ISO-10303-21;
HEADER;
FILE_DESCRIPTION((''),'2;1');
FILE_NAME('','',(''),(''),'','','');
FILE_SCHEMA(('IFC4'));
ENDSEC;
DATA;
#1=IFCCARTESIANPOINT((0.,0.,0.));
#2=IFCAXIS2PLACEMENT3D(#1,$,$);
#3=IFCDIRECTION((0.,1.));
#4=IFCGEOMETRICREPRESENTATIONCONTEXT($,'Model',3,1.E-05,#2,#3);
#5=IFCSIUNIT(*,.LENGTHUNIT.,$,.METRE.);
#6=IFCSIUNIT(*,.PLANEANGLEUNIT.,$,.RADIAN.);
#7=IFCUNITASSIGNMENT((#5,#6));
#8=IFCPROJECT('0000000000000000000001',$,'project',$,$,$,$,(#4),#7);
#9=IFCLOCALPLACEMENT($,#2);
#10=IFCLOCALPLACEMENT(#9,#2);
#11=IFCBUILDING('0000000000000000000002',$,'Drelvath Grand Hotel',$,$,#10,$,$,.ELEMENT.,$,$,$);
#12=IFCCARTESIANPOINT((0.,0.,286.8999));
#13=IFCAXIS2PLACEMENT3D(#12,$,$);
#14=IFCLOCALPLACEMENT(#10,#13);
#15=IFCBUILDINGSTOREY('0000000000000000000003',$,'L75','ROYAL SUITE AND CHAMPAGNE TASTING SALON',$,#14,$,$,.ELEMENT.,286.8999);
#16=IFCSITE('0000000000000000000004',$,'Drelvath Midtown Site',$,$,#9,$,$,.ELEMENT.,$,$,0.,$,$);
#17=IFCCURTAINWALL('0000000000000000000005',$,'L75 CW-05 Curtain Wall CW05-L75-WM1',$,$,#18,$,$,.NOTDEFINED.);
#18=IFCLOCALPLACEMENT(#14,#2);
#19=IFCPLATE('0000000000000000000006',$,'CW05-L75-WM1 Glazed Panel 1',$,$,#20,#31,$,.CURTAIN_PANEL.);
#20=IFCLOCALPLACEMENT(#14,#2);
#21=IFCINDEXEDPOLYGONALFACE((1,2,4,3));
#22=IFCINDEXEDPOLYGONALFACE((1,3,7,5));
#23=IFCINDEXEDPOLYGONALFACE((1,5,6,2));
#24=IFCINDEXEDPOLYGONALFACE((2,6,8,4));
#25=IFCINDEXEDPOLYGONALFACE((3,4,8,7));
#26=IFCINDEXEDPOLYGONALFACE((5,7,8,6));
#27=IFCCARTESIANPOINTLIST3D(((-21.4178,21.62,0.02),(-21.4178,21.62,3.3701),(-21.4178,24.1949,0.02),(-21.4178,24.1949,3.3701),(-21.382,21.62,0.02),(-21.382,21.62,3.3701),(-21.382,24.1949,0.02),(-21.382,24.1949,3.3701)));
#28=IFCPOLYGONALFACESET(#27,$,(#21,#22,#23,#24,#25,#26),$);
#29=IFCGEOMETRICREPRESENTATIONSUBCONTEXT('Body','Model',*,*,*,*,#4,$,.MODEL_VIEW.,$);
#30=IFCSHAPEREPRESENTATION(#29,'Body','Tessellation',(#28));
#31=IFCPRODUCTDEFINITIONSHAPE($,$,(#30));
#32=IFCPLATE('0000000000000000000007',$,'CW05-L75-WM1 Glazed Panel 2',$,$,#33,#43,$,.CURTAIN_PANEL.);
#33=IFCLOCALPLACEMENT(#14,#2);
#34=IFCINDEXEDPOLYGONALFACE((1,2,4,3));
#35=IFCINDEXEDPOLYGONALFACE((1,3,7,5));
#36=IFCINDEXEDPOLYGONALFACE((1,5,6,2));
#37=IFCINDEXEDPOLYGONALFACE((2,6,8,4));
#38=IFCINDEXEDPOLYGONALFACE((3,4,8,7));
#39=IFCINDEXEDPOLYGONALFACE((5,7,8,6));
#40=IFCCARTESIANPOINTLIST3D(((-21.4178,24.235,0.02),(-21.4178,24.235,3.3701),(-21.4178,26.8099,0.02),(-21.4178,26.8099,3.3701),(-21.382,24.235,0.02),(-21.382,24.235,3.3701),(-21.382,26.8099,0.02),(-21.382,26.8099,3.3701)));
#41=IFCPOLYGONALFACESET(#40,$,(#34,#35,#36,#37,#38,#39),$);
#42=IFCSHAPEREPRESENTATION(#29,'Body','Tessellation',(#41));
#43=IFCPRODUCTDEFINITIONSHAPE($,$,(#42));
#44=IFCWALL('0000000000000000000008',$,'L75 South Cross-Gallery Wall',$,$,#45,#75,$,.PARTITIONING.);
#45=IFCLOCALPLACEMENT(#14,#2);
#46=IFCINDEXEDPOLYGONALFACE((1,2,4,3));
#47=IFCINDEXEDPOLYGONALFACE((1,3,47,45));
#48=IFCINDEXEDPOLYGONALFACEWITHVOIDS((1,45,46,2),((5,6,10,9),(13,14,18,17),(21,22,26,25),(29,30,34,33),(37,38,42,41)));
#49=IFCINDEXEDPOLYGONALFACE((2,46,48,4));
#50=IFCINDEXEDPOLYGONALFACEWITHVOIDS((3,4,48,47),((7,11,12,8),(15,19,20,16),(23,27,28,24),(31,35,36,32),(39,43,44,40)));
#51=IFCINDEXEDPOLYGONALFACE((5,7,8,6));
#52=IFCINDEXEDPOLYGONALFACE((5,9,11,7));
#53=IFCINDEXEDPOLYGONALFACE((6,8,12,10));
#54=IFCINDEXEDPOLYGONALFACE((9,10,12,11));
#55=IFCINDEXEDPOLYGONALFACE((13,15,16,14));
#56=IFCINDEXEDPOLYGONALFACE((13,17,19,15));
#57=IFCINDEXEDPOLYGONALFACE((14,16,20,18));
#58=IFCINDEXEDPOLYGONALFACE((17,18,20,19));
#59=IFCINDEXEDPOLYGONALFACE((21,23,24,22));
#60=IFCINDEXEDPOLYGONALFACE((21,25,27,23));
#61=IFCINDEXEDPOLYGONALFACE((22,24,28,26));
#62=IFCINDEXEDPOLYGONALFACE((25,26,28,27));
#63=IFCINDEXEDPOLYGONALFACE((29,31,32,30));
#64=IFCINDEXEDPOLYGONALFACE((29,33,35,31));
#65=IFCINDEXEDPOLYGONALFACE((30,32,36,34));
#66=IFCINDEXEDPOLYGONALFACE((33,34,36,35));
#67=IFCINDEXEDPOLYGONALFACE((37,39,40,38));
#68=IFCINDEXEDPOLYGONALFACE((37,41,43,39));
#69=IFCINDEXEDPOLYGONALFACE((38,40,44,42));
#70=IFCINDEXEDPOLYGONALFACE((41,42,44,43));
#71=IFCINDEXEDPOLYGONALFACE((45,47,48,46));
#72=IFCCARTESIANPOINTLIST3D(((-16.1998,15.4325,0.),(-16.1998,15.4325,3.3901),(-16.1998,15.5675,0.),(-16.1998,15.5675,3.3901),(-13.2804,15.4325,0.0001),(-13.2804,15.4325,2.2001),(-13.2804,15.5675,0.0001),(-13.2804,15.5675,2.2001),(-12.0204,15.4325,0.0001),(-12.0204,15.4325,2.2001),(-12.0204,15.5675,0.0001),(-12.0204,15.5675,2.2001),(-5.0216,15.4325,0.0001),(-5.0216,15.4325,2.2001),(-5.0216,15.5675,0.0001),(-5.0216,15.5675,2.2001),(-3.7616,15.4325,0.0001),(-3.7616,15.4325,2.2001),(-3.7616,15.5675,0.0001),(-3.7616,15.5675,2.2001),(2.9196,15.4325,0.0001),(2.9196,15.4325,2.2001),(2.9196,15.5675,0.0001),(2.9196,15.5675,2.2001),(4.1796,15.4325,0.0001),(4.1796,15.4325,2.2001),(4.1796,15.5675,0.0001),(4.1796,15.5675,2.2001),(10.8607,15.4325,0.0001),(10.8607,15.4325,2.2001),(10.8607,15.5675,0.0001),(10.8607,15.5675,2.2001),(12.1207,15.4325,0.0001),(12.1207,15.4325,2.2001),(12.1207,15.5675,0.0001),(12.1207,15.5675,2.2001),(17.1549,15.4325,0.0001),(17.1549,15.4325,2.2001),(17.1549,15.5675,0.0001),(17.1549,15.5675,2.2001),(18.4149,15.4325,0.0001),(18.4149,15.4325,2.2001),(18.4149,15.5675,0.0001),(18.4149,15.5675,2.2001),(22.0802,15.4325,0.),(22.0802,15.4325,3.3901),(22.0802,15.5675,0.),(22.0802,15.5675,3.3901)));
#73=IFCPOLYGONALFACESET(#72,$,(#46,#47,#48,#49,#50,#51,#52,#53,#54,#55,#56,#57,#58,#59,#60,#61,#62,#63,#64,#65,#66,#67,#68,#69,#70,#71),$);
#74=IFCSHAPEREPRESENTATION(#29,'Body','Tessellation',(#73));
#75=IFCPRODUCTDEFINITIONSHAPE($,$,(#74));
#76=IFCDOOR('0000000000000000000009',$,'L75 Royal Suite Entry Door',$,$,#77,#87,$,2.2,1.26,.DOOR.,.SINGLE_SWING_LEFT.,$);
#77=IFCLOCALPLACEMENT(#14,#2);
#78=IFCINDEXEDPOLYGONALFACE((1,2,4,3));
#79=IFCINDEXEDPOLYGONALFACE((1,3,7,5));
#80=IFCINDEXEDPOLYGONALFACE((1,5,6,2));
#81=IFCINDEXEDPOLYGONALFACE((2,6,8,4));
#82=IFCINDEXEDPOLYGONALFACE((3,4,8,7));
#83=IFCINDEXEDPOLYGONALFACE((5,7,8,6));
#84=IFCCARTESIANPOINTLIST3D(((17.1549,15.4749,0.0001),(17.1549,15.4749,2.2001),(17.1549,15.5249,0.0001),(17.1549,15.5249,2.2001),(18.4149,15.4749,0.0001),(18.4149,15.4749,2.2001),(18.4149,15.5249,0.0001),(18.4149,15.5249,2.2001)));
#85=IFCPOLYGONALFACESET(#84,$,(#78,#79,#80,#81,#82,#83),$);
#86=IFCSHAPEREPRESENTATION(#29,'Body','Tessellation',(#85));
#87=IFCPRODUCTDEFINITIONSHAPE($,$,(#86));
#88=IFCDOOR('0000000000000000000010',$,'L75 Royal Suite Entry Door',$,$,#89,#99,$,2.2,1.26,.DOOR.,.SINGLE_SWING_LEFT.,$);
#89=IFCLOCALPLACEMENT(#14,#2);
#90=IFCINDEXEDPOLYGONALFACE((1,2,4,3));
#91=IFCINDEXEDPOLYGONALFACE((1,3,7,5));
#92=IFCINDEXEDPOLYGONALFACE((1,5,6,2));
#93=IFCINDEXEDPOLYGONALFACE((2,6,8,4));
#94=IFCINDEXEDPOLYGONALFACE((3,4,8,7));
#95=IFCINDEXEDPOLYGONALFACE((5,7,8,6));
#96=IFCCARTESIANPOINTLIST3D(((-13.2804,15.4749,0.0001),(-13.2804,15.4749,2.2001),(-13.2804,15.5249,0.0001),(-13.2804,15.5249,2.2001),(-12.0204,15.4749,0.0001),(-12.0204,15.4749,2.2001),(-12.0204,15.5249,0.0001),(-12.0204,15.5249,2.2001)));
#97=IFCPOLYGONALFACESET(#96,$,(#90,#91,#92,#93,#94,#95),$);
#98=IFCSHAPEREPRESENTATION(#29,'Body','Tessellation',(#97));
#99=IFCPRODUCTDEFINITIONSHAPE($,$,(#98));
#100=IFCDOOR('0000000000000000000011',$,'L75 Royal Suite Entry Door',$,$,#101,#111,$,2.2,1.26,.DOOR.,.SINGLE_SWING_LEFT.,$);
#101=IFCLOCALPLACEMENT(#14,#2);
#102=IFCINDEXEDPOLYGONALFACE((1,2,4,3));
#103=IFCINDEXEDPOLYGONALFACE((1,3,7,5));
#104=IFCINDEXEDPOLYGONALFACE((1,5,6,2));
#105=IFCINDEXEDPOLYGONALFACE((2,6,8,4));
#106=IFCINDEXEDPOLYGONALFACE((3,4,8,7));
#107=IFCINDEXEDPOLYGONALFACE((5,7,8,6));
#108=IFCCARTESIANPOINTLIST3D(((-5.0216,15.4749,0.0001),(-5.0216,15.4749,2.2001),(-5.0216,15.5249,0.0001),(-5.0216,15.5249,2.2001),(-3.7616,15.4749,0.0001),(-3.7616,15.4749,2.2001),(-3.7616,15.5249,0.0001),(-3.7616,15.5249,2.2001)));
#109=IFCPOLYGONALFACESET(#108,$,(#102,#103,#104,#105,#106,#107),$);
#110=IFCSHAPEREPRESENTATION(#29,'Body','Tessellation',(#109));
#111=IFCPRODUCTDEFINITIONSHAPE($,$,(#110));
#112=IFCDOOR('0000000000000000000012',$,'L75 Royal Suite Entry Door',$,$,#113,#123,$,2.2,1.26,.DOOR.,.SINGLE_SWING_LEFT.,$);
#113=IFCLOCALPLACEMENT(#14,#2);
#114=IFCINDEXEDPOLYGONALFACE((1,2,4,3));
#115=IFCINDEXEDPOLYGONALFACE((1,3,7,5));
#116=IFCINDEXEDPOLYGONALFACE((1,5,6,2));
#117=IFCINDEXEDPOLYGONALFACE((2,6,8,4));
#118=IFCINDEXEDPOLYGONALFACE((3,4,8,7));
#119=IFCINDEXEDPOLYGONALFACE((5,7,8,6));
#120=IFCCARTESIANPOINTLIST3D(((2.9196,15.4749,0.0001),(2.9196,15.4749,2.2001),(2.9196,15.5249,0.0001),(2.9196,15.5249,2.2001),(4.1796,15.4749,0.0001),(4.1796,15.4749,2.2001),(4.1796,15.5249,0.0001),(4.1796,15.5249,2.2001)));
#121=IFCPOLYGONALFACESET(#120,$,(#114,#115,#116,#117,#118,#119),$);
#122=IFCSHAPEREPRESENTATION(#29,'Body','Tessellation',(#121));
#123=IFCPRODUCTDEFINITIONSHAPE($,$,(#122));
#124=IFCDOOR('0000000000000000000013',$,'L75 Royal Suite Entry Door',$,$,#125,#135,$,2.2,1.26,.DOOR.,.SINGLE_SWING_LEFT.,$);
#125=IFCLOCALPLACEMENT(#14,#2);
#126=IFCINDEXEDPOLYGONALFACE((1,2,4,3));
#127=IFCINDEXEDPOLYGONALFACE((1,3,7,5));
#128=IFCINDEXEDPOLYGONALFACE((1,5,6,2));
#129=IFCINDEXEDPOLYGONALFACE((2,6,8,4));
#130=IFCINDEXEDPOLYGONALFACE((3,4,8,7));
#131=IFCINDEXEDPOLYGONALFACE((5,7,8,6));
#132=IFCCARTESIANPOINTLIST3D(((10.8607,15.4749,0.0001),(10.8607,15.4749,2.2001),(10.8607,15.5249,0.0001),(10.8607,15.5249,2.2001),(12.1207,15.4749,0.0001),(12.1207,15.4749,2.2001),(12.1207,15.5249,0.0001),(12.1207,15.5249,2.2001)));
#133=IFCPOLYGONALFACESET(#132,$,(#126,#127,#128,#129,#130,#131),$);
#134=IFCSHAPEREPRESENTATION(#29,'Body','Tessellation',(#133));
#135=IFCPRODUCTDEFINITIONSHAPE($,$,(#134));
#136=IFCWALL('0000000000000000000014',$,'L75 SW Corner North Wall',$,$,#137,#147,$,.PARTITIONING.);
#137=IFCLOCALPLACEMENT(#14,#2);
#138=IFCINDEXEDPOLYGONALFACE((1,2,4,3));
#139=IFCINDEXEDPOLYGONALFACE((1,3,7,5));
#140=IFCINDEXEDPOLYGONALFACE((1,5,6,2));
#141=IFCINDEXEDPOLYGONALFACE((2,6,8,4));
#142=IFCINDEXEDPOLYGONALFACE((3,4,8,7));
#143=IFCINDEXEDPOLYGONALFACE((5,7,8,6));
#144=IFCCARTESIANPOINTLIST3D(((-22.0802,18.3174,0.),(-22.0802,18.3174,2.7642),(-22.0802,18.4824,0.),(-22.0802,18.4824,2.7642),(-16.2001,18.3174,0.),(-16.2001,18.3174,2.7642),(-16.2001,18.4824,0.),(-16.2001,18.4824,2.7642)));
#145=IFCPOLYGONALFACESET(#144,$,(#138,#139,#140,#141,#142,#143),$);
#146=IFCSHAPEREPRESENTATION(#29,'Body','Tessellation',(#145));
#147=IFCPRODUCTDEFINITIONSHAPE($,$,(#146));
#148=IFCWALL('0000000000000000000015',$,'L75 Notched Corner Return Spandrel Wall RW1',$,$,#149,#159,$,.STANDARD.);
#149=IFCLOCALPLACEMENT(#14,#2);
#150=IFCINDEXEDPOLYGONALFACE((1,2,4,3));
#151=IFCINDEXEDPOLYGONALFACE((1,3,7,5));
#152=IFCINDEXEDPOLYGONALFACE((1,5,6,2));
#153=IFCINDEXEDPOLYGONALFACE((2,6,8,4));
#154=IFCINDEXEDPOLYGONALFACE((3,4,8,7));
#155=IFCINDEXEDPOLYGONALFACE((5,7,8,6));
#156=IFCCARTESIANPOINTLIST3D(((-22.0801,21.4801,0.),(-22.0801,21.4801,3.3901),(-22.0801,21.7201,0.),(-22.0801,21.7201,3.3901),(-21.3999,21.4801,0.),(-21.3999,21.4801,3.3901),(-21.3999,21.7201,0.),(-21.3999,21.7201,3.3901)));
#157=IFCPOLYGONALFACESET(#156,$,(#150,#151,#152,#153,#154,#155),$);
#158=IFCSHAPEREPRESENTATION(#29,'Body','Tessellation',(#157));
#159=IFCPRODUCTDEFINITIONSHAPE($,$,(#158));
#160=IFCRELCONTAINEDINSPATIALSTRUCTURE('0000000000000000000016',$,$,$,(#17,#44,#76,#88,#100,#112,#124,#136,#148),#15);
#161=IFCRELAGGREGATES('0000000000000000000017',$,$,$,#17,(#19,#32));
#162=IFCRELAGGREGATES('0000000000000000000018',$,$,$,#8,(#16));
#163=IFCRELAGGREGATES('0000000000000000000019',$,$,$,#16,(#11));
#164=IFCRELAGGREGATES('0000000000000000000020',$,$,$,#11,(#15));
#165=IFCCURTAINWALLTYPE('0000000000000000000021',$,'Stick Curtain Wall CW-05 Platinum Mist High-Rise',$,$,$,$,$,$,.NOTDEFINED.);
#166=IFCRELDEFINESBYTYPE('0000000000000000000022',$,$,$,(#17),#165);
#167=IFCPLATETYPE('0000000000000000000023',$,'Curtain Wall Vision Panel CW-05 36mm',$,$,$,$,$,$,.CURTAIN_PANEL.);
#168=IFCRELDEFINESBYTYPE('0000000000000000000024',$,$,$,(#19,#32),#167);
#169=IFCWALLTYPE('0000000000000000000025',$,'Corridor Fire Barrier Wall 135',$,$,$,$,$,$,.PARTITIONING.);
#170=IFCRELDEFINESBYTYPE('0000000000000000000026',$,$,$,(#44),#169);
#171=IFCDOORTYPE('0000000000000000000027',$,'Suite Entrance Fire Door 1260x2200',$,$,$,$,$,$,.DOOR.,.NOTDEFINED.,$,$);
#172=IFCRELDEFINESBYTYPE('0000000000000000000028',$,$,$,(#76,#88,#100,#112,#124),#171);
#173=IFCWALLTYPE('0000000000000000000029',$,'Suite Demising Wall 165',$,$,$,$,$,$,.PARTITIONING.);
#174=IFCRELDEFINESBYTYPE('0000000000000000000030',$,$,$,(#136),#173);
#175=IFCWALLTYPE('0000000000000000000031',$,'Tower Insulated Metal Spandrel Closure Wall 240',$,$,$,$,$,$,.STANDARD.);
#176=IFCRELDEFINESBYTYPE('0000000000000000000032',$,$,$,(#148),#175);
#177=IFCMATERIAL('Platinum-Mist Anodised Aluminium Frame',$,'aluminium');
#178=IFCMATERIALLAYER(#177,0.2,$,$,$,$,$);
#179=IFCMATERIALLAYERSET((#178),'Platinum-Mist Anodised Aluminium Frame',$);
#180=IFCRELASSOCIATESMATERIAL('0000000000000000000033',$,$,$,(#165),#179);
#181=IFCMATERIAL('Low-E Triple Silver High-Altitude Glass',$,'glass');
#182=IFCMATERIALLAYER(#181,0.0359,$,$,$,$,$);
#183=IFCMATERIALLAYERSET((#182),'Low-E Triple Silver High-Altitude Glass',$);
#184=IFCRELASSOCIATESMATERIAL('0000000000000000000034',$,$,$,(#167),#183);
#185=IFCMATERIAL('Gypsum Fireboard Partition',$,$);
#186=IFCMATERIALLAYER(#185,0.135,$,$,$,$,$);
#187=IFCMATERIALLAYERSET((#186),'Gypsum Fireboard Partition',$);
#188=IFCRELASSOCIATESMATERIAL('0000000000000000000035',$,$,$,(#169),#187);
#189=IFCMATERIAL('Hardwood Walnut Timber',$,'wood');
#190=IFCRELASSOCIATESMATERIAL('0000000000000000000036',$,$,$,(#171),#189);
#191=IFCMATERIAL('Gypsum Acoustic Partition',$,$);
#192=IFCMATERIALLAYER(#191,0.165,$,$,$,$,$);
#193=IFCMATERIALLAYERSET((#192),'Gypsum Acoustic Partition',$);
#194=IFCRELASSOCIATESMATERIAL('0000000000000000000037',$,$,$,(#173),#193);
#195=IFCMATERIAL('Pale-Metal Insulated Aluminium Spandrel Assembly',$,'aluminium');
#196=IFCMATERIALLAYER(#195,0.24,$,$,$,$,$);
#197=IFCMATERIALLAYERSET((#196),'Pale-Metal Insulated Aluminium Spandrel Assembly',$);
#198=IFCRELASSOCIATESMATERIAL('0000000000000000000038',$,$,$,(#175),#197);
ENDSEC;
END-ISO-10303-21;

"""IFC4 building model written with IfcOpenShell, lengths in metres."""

from ifc_helpers import new_model, si_unit, direction, frame, frame_2d, origin, origin_2d, place, context, subcontext, project, spatial, rectangle, extrude, material, layer, layer_set, type_object, element, fill, aggregate, save


model = new_model("IFC4")

# Units and contexts
model_context = context("Model", 3, precision=1e-05, world=origin(), true_north=direction((0.0, 1.0)))
body_context = subcontext(model_context, "Body", "Model", "MODEL_VIEW")
ifc_project = project(units=[si_unit("LENGTHUNIT", "METRE"), si_unit("PLANEANGLEUNIT", "RADIAN")], contexts=[model_context])

# Site, building, storey
site_placement = place(None, origin())
site = spatial("IfcSite", under=ifc_project, at=site_placement, Name="Drelvath Midtown Site", CompositionType="ELEMENT", RefElevation=0.0)
building_placement = place(site_placement, origin())
building = spatial("IfcBuilding", under=site, at=building_placement, Name="Drelvath Grand Hotel", CompositionType="ELEMENT")
storey_placement = place(building_placement, frame((0.0, 0.0, 286.8999)))
storey = spatial("IfcBuildingStorey", under=building, at=storey_placement, Name="L75", Description="ROYAL SUITE AND CHAMPAGNE TASTING SALON", CompositionType="ELEMENT", Elevation=286.8999)

# Curtain wall
ifc_material_1 = material(Name="Platinum-Mist Anodised Aluminium Frame", Category="aluminium")
ifc_layer_1 = layer(ifc_material_1, 0.2)
ifc_layer_set_1 = layer_set([ifc_layer_1], Name="Platinum-Mist Anodised Aluminium Frame")
curtain_wall_type = type_object("IfcCurtainWallType", Name="Stick Curtain Wall CW-05 Platinum Mist High-Rise", PredefinedType="NOTDEFINED", material=ifc_layer_set_1)
curtain_wall_1_placement = place(storey_placement, origin())
curtain_wall_1 = element("IfcCurtainWall", 1, at=curtain_wall_1_placement, inside=storey, type_object=curtain_wall_type, Name="L75 CW-05 Curtain Wall CW05-L75-WM1", PredefinedType="NOTDEFINED")

# Plates
ifc_material_2 = material(Name="Low-E Triple Silver High-Altitude Glass", Category="glass")
ifc_layer_2 = layer(ifc_material_2, 0.0359)
ifc_layer_set_2 = layer_set([ifc_layer_2], Name="Low-E Triple Silver High-Altitude Glass")
plate_type = type_object("IfcPlateType", Name="Curtain Wall Vision Panel CW-05 36mm", PredefinedType="CURTAIN_PANEL", material=ifc_layer_set_2)
plate_1_placement = place(storey_placement, frame((-21.3999, 22.9075, 0.02), z_axis=(0.0, 0.0, 1.0), x_axis=(0.0, 1.0, 0.0)))
plate_1 = element("IfcPlate", 2, at=plate_1_placement, type_object=plate_type, Name="CW05-L75-WM1 Glazed Panel 1", PredefinedType="CURTAIN_PANEL", context=body_context, shape_type="SweptSolid", body=[
    extrude(rectangle(XDim=2.575, YDim=0.0359, at=origin_2d()), origin(), (0.0, 0.0, 1.0), 3.3501),
])
plate_2_placement = place(storey_placement, frame((-21.3999, 25.5225, 0.02), z_axis=(0.0, 0.0, 1.0), x_axis=(0.0, 1.0, 0.0)))
plate_2 = element("IfcPlate", 3, at=plate_2_placement, type_object=plate_type, Name="CW05-L75-WM1 Glazed Panel 2", PredefinedType="CURTAIN_PANEL", context=body_context, shape_type="SweptSolid", body=[
    extrude(rectangle(XDim=2.575, YDim=0.0359, at=origin_2d()), origin(), (0.0, 0.0, 1.0), 3.3501),
])
aggregate(curtain_wall_1, [plate_1, plate_2])

# Wall, openings, doors
ifc_material_3 = material(Name="Gypsum Fireboard Partition")
ifc_layer_3 = layer(ifc_material_3, 0.135)
ifc_layer_set_3 = layer_set([ifc_layer_3], Name="Gypsum Fireboard Partition")
wall_type_1 = type_object("IfcWallType", Name="Corridor Fire Barrier Wall 135", PredefinedType="PARTITIONING", material=ifc_layer_set_3)
wall_1_placement = place(storey_placement, frame((-16.2, 15.5, 0.0), z_axis=(0.0, 0.0, 1.0), x_axis=(1.0, 0.0, 0.0)))
wall_1 = element("IfcWall", 4, at=wall_1_placement, inside=storey, type_object=wall_type_1, Name="L75 South Cross-Gallery Wall", PredefinedType="PARTITIONING", context=body_context, shape_type="SweptSolid", body=[
    extrude(rectangle(XDim=38.28, YDim=0.135, at=frame_2d((19.1401, 0.0))), origin(), (0.0, 0.0, 1.0), 3.3901),
])
opening_1_placement = place(wall_1_placement, frame((33.355, 0.0, 0.0)))
opening_1 = element("IfcOpeningElement", 5, at=opening_1_placement, cuts=wall_1, PredefinedType="OPENING", context=body_context, shape_type="SweptSolid", body=[
    extrude(rectangle(XDim=1.26, YDim=2.2, at=frame_2d((0.6299, 1.1001))), frame((0.0, 0.0774, 0.0), z_axis=(0.0, -1.0, 0.0), x_axis=(1.0, 0.0, 0.0)), (0.0, 0.0, 1.0), 0.155),
])
opening_2_placement = place(wall_1_placement, frame((2.9197, 0.0, 0.0)))
opening_2 = element("IfcOpeningElement", 6, at=opening_2_placement, cuts=wall_1, PredefinedType="OPENING", context=body_context, shape_type="SweptSolid", body=[
    extrude(rectangle(XDim=1.26, YDim=2.2, at=frame_2d((0.6299, 1.1001))), frame((0.0, 0.0774, 0.0), z_axis=(0.0, -1.0, 0.0), x_axis=(1.0, 0.0, 0.0)), (0.0, 0.0, 1.0), 0.155),
])
opening_3_placement = place(wall_1_placement, frame((11.1785, 0.0, 0.0)))
opening_3 = element("IfcOpeningElement", 7, at=opening_3_placement, cuts=wall_1, PredefinedType="OPENING", context=body_context, shape_type="SweptSolid", body=[
    extrude(rectangle(XDim=1.26, YDim=2.2, at=frame_2d((0.6299, 1.1001))), frame((0.0, 0.0774, 0.0), z_axis=(0.0, -1.0, 0.0), x_axis=(1.0, 0.0, 0.0)), (0.0, 0.0, 1.0), 0.155),
])
opening_4_placement = place(wall_1_placement, frame((19.1196, 0.0, 0.0)))
opening_4 = element("IfcOpeningElement", 8, at=opening_4_placement, cuts=wall_1, PredefinedType="OPENING", context=body_context, shape_type="SweptSolid", body=[
    extrude(rectangle(XDim=1.26, YDim=2.2, at=frame_2d((0.6299, 1.1001))), frame((0.0, 0.0774, 0.0), z_axis=(0.0, -1.0, 0.0), x_axis=(1.0, 0.0, 0.0)), (0.0, 0.0, 1.0), 0.155),
])
opening_5_placement = place(wall_1_placement, frame((27.0608, 0.0, 0.0)))
opening_5 = element("IfcOpeningElement", 9, at=opening_5_placement, cuts=wall_1, PredefinedType="OPENING", context=body_context, shape_type="SweptSolid", body=[
    extrude(rectangle(XDim=1.26, YDim=2.2, at=frame_2d((0.6299, 1.1001))), frame((0.0, 0.0774, 0.0), z_axis=(0.0, -1.0, 0.0), x_axis=(1.0, 0.0, 0.0)), (0.0, 0.0, 1.0), 0.155),
])
ifc_material_4 = material(Name="Hardwood Walnut Timber", Category="wood")
door_type_1 = type_object("IfcDoorType", Name="Suite Entrance Fire Door 1260x2200", OperationType="NOTDEFINED", PredefinedType="DOOR", material=ifc_material_4)
door_1_placement = place(opening_1_placement, origin())
door_1 = element("IfcDoor", 10, at=door_1_placement, inside=storey, type_object=door_type_1, Name="L75 Royal Suite Entry Door", OperationType="SINGLE_SWING_LEFT", OverallHeight=2.2, OverallWidth=1.26, PredefinedType="DOOR", context=body_context, shape_type="SweptSolid", body=[
    extrude(rectangle(XDim=1.26, YDim=2.2, at=frame_2d((0.6299, 1.1001))), frame((0.0, 0.0249, 0.0), z_axis=(0.0, -1.0, 0.0), x_axis=(1.0, 0.0, 0.0)), (0.0, 0.0, 1.0), 0.05),
])
fill(opening_1, door_1)
door_2_placement = place(opening_2_placement, origin())
door_2 = element("IfcDoor", 11, at=door_2_placement, inside=storey, type_object=door_type_1, Name="L75 Royal Suite Entry Door", OperationType="SINGLE_SWING_LEFT", OverallHeight=2.2, OverallWidth=1.26, PredefinedType="DOOR", context=body_context, shape_type="SweptSolid", body=[
    extrude(rectangle(XDim=1.26, YDim=2.2, at=frame_2d((0.6299, 1.1001))), frame((0.0, 0.0249, 0.0), z_axis=(0.0, -1.0, 0.0), x_axis=(1.0, 0.0, 0.0)), (0.0, 0.0, 1.0), 0.05),
])
fill(opening_2, door_2)
door_3_placement = place(opening_3_placement, origin())
door_3 = element("IfcDoor", 12, at=door_3_placement, inside=storey, type_object=door_type_1, Name="L75 Royal Suite Entry Door", OperationType="SINGLE_SWING_LEFT", OverallHeight=2.2, OverallWidth=1.26, PredefinedType="DOOR", context=body_context, shape_type="SweptSolid", body=[
    extrude(rectangle(XDim=1.26, YDim=2.2, at=frame_2d((0.6299, 1.1001))), frame((0.0, 0.0249, 0.0), z_axis=(0.0, -1.0, 0.0), x_axis=(1.0, 0.0, 0.0)), (0.0, 0.0, 1.0), 0.05),
])
fill(opening_3, door_3)
door_4_placement = place(opening_4_placement, origin())
door_4 = element("IfcDoor", 13, at=door_4_placement, inside=storey, type_object=door_type_1, Name="L75 Royal Suite Entry Door", OperationType="SINGLE_SWING_LEFT", OverallHeight=2.2, OverallWidth=1.26, PredefinedType="DOOR", context=body_context, shape_type="SweptSolid", body=[
    extrude(rectangle(XDim=1.26, YDim=2.2, at=frame_2d((0.6299, 1.1001))), frame((0.0, 0.0249, 0.0), z_axis=(0.0, -1.0, 0.0), x_axis=(1.0, 0.0, 0.0)), (0.0, 0.0, 1.0), 0.05),
])
fill(opening_4, door_4)
door_5_placement = place(opening_5_placement, origin())
door_5 = element("IfcDoor", 14, at=door_5_placement, inside=storey, type_object=door_type_1, Name="L75 Royal Suite Entry Door", OperationType="SINGLE_SWING_LEFT", OverallHeight=2.2, OverallWidth=1.26, PredefinedType="DOOR", context=body_context, shape_type="SweptSolid", body=[
    extrude(rectangle(XDim=1.26, YDim=2.2, at=frame_2d((0.6299, 1.1001))), frame((0.0, 0.0249, 0.0), z_axis=(0.0, -1.0, 0.0), x_axis=(1.0, 0.0, 0.0)), (0.0, 0.0, 1.0), 0.05),
])
fill(opening_5, door_5)

# Walls
ifc_material_5 = material(Name="Gypsum Acoustic Partition")
ifc_layer_4 = layer(ifc_material_5, 0.165)
ifc_layer_set_4 = layer_set([ifc_layer_4], Name="Gypsum Acoustic Partition")
wall_type_2 = type_object("IfcWallType", Name="Suite Demising Wall 165", PredefinedType="PARTITIONING", material=ifc_layer_set_4)
wall_2_placement = place(storey_placement, frame((-22.0801, 18.3999, 0.0), z_axis=(0.0, 0.0, 1.0), x_axis=(1.0, 0.0, 0.0)))
element("IfcWall", 15, at=wall_2_placement, inside=storey, type_object=wall_type_2, Name="L75 SW Corner North Wall", PredefinedType="PARTITIONING", context=body_context, shape_type="SweptSolid", body=[
    extrude(rectangle(XDim=5.8801, YDim=0.165, at=frame_2d((2.9399, 0.0))), origin(), (0.0, 0.0, 1.0), 2.7642),
])
ifc_material_6 = material(Name="Pale-Metal Insulated Aluminium Spandrel Assembly", Category="aluminium")
ifc_layer_5 = layer(ifc_material_6, 0.24)
ifc_layer_set_5 = layer_set([ifc_layer_5], Name="Pale-Metal Insulated Aluminium Spandrel Assembly")
wall_type_3 = type_object("IfcWallType", Name="Tower Insulated Metal Spandrel Closure Wall 240", PredefinedType="STANDARD", material=ifc_layer_set_5)
wall_3_placement = place(storey_placement, frame((-22.0801, 21.6001, 0.0), z_axis=(0.0, 0.0, 1.0), x_axis=(1.0, 0.0, 0.0)))
element("IfcWall", 16, at=wall_3_placement, inside=storey, type_object=wall_type_3, Name="L75 Notched Corner Return Spandrel Wall RW1", PredefinedType="STANDARD", context=body_context, shape_type="SweptSolid", body=[
    extrude(rectangle(XDim=0.6802, YDim=0.24, at=frame_2d((0.3401, 0.0))), origin(), (0.0, 0.0, 1.0), 3.3901),
])

save(model, "model.ifc")
